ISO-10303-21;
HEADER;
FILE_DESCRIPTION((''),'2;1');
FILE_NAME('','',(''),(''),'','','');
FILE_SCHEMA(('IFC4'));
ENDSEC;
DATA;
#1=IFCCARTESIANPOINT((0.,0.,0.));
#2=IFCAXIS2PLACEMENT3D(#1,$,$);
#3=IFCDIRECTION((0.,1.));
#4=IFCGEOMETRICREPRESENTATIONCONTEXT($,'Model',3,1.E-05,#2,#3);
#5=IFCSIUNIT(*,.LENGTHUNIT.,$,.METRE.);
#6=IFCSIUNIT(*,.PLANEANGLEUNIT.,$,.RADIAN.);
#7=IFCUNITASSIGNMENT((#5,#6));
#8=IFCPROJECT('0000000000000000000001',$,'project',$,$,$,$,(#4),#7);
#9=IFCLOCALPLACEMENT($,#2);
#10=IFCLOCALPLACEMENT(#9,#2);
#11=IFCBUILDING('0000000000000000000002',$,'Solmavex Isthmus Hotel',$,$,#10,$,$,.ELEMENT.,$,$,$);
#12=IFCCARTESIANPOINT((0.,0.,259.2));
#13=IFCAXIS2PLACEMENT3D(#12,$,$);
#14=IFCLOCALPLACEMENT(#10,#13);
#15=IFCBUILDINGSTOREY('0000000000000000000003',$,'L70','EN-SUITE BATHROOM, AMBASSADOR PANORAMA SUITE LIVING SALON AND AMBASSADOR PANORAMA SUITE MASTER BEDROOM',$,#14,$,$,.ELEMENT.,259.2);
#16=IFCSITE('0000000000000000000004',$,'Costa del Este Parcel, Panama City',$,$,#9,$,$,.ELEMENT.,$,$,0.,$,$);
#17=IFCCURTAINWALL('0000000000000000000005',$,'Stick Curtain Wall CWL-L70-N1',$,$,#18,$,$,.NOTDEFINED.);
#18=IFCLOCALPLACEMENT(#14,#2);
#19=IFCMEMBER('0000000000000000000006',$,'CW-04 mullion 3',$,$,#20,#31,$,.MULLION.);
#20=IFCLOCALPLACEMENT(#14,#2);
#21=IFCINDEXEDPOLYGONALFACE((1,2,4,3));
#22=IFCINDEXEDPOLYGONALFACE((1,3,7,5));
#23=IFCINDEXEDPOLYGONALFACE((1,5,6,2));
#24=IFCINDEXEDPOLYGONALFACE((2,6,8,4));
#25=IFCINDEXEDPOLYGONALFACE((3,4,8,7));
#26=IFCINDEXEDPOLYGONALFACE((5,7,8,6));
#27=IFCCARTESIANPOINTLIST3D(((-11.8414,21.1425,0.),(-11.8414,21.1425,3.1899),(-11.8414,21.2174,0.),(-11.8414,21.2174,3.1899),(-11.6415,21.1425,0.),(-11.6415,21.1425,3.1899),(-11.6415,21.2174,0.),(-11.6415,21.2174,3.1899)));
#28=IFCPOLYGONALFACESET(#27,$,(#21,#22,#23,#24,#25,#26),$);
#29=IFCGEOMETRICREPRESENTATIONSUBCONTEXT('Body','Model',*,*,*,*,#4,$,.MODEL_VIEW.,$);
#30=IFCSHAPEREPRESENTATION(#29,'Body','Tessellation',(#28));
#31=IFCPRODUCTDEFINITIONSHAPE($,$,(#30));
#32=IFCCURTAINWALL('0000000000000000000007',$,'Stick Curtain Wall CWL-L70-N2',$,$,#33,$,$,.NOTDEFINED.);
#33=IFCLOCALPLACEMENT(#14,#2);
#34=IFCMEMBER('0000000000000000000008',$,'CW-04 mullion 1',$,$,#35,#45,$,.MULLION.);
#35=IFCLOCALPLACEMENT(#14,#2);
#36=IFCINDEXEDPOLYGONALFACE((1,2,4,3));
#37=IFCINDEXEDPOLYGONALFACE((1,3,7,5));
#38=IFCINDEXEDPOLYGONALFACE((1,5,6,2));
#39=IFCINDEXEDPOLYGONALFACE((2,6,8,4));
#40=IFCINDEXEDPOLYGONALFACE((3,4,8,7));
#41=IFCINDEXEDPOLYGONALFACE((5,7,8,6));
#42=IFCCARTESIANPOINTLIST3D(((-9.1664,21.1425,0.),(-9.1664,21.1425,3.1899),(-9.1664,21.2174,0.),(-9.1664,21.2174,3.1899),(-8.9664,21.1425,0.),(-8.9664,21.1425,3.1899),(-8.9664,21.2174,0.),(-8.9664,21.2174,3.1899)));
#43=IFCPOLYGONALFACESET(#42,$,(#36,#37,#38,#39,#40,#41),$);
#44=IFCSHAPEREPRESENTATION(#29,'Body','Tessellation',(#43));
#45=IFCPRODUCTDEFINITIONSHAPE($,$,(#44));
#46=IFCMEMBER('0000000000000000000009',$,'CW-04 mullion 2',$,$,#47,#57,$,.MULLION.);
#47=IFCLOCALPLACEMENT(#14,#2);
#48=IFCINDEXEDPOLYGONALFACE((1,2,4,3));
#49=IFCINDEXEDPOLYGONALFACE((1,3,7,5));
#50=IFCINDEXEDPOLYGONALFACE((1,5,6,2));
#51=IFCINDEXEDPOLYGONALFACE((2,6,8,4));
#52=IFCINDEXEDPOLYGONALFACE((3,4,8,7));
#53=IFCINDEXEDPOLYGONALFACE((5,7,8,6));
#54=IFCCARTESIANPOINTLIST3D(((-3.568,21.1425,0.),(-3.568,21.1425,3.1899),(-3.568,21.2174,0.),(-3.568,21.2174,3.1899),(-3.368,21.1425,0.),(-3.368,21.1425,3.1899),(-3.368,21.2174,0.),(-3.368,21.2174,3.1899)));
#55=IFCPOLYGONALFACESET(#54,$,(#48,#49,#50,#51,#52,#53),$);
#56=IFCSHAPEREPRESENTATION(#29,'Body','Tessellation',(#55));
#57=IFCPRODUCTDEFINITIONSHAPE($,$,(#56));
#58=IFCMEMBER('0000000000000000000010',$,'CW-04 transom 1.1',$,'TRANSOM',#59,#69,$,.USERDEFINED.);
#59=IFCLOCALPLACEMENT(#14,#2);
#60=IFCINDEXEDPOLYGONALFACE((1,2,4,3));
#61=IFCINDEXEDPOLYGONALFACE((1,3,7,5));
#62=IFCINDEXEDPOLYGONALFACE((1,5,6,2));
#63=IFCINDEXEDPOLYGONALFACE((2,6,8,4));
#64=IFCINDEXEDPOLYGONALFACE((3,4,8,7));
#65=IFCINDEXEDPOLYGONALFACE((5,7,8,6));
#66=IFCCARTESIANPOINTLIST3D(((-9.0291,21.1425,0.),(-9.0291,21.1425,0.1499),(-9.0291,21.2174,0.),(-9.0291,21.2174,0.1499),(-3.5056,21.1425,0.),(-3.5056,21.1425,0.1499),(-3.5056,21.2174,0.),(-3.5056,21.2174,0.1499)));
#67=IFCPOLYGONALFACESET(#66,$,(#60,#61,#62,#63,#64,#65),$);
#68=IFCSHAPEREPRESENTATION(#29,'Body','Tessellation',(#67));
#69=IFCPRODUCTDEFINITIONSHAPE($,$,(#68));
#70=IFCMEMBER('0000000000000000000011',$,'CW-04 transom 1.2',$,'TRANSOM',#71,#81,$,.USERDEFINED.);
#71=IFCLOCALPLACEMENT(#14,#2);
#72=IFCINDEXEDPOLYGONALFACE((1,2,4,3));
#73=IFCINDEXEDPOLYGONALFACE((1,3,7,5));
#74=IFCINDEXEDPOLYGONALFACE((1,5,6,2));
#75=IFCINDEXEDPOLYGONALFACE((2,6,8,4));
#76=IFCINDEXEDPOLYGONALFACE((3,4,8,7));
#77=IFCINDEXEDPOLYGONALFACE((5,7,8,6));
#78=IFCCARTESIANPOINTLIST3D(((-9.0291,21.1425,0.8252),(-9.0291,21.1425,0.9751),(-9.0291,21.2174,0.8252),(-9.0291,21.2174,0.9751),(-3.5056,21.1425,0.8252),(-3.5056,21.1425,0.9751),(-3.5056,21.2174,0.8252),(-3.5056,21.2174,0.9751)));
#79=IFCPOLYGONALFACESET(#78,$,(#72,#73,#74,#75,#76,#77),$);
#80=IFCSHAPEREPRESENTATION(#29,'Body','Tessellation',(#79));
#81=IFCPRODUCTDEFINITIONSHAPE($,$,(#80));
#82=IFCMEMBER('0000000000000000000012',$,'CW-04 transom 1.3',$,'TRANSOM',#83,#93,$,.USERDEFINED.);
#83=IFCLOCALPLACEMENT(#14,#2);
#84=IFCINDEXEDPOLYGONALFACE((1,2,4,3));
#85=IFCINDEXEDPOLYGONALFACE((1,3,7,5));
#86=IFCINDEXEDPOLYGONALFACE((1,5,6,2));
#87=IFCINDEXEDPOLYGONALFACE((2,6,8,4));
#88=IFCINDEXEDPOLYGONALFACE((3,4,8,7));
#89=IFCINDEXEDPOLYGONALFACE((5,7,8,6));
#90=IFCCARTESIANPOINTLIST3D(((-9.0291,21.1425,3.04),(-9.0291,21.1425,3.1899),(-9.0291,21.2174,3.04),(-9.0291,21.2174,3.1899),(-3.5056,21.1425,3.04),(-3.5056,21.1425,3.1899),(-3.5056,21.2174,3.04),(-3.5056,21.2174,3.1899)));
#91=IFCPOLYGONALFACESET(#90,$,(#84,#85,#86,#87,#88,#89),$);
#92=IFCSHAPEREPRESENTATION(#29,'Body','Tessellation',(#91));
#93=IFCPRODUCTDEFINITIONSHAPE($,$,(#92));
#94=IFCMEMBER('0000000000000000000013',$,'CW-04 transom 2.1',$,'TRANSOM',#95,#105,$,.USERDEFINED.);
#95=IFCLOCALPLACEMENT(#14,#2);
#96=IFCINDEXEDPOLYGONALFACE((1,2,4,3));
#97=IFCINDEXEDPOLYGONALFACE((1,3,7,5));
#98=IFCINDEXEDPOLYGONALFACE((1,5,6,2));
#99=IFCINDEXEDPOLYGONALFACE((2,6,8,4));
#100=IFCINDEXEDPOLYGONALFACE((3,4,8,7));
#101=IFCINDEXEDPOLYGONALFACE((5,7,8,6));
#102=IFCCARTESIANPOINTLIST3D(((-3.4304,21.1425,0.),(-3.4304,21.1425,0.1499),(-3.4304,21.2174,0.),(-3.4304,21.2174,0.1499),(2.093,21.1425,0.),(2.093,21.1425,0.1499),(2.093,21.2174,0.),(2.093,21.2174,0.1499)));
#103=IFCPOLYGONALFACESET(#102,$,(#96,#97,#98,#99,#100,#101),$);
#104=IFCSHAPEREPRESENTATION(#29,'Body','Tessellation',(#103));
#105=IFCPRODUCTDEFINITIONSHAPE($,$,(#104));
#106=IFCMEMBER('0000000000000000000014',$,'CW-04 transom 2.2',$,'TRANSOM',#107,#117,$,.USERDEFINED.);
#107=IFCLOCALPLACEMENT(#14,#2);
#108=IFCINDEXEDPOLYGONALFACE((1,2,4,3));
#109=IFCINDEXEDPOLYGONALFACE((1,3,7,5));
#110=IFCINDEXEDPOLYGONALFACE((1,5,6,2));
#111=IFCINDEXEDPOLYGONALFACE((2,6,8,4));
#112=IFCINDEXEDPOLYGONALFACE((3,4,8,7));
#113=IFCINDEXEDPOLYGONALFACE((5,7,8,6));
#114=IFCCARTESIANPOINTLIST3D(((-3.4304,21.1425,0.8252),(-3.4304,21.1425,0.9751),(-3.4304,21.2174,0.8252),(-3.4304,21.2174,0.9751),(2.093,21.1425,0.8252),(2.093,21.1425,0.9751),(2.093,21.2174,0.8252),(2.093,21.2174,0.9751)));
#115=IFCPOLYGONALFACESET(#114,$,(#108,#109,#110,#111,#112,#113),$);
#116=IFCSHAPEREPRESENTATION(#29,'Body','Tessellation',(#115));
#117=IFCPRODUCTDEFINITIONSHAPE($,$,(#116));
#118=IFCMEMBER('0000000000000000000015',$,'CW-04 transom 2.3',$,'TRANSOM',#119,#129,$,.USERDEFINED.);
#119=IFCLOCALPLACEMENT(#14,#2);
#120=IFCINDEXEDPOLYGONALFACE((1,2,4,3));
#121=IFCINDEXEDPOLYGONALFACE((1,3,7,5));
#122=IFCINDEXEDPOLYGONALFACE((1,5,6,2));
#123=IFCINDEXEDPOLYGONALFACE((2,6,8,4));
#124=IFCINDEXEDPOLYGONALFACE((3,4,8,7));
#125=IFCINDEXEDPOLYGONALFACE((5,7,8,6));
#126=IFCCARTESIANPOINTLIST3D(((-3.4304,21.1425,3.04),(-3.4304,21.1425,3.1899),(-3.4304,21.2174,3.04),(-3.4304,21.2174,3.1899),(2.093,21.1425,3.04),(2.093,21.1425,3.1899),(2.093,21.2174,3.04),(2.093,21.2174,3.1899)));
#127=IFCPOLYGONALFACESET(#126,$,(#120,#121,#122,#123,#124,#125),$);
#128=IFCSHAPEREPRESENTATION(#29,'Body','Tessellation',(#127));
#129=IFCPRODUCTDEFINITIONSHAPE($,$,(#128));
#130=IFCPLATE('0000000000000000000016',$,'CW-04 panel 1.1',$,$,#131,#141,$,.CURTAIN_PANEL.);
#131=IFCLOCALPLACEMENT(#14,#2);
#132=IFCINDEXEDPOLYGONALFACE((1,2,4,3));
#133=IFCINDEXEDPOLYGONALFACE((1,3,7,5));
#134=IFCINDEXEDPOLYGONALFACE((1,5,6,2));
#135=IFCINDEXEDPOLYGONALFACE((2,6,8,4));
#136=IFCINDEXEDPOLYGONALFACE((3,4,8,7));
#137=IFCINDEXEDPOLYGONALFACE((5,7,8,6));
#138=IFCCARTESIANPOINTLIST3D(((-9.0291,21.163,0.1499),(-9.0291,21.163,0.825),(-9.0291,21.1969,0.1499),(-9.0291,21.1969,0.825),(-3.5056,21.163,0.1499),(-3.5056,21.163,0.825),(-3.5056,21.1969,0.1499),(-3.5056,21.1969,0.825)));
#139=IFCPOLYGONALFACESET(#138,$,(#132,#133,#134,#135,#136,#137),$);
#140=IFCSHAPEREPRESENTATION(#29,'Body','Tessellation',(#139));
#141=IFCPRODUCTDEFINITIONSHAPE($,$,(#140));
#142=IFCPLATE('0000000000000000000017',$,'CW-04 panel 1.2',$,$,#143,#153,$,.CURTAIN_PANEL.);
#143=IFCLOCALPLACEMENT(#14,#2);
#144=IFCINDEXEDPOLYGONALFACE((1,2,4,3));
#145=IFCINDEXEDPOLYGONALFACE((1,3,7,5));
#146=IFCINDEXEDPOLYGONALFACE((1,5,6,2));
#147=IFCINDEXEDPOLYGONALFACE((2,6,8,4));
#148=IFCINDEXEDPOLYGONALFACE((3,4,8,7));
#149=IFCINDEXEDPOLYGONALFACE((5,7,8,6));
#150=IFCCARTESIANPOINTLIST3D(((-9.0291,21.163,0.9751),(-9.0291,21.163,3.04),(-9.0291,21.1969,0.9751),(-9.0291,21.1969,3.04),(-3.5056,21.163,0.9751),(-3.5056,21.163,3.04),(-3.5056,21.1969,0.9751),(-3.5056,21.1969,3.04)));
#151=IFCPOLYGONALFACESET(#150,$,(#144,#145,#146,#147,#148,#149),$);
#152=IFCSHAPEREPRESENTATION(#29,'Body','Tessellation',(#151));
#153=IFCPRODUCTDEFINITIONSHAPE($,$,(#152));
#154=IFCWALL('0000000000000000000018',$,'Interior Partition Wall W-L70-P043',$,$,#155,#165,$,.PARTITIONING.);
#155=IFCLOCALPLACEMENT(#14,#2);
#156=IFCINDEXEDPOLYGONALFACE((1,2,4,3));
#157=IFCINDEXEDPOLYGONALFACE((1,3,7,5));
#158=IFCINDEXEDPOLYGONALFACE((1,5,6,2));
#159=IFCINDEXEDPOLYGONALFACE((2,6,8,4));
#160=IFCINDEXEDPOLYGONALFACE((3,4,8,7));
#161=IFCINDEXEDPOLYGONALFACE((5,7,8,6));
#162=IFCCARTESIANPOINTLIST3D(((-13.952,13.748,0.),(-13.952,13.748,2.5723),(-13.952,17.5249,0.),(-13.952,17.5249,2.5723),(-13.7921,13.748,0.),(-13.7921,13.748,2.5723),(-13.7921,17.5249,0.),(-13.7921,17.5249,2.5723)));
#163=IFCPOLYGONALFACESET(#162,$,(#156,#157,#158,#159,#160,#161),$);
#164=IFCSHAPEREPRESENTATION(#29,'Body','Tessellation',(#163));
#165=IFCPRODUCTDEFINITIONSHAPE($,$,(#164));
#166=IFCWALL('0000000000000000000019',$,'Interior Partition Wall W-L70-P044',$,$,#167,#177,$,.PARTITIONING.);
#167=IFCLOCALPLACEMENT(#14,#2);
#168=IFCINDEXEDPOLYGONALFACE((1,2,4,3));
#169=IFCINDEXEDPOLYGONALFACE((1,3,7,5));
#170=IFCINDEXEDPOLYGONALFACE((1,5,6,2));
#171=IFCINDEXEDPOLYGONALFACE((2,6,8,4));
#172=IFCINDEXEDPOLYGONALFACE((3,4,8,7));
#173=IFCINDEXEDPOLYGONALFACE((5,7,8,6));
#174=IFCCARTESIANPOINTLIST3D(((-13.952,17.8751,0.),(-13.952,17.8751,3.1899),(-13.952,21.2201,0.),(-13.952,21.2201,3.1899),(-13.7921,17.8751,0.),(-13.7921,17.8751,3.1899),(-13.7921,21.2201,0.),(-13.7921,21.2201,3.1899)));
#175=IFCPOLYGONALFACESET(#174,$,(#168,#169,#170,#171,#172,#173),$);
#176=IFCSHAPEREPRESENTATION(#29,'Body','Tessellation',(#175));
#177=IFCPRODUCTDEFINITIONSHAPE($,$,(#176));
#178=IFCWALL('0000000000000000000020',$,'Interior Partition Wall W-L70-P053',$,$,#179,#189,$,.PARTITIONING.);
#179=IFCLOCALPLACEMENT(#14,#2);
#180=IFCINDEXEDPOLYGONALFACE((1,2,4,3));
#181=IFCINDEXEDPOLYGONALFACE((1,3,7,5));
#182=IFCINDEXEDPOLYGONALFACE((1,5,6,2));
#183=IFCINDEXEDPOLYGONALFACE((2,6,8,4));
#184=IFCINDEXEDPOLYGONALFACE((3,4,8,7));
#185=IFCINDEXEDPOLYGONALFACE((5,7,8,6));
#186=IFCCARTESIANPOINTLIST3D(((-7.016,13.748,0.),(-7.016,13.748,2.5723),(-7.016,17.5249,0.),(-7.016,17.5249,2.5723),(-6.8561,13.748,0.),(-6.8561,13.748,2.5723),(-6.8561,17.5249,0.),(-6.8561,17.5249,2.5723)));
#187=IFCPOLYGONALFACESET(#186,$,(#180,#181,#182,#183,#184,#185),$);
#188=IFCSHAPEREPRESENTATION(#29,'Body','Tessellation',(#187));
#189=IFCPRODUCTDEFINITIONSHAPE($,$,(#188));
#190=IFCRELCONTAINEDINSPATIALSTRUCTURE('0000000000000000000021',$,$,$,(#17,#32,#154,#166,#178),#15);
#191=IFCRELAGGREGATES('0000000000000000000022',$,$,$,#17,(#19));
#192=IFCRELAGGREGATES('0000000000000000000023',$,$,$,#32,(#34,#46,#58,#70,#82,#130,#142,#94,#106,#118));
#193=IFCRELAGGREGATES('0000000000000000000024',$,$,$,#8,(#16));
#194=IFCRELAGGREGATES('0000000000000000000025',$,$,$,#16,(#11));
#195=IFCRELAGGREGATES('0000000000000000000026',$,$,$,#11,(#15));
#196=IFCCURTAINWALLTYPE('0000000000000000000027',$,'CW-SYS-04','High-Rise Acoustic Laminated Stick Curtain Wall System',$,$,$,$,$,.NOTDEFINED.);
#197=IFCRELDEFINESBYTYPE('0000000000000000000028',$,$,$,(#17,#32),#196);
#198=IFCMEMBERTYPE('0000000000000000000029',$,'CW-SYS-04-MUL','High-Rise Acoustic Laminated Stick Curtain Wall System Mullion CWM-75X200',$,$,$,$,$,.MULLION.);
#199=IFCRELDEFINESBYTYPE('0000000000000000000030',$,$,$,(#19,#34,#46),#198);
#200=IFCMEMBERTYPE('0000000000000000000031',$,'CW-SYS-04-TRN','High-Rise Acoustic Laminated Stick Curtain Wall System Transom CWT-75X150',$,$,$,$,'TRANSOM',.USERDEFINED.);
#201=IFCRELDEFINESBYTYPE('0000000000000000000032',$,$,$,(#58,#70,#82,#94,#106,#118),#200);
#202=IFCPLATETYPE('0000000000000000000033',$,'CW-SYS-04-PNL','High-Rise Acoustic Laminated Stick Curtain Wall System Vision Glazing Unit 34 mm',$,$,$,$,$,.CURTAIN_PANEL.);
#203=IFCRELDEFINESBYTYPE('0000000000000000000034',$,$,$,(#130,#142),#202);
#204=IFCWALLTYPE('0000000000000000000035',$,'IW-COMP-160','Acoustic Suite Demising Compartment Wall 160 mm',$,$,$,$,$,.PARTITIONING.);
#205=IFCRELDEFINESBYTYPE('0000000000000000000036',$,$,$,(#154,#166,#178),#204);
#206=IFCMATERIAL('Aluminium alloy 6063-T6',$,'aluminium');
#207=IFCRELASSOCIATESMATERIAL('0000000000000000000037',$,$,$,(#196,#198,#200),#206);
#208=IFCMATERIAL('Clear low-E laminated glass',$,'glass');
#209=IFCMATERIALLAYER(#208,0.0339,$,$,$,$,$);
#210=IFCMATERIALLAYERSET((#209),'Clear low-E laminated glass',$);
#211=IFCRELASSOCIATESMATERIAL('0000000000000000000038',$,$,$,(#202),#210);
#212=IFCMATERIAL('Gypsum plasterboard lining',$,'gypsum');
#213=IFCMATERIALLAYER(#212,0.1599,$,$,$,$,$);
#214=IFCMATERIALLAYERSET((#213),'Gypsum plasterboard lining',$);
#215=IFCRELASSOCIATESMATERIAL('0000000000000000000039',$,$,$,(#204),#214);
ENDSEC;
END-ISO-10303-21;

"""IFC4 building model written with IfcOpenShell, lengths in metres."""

from ifc_helpers import new_model, si_unit, direction, frame, frame_2d, origin, origin_2d, place, context, subcontext, project, spatial, rectangle, extrude, material, layer, layer_set, material_profile, profile_set, type_object, element, aggregate, save


model = new_model("IFC4")

# Units and contexts
model_context = context("Model", 3, precision=1e-05, world=origin(), true_north=direction((0.0, 1.0)))
body_context = subcontext(model_context, "Body", "Model", "MODEL_VIEW")
ifc_project = project(units=[si_unit("LENGTHUNIT", "METRE"), si_unit("PLANEANGLEUNIT", "RADIAN")], contexts=[model_context])

# Site, building, storey
site_placement = place(None, origin())
site = spatial("IfcSite", under=ifc_project, at=site_placement, Name="Costa del Este Parcel, Panama City", CompositionType="ELEMENT", RefElevation=0.0)
building_placement = place(site_placement, origin())
building = spatial("IfcBuilding", under=site, at=building_placement, Name="Solmavex Isthmus Hotel", CompositionType="ELEMENT")
storey_placement = place(building_placement, frame((0.0, 0.0, 259.2)))
storey = spatial("IfcBuildingStorey", under=building, at=storey_placement, Name="L70", Description="EN-SUITE BATHROOM, AMBASSADOR PANORAMA SUITE LIVING SALON AND AMBASSADOR PANORAMA SUITE MASTER BEDROOM", CompositionType="ELEMENT", Elevation=259.2)

# Curtain wall, member
ifc_material_1 = material(Name="Aluminium alloy 6063-T6", Category="aluminium")
curtain_wall_type = type_object("IfcCurtainWallType", Name="CW-SYS-04", Description="High-Rise Acoustic Laminated Stick Curtain Wall System", PredefinedType="NOTDEFINED", material=ifc_material_1)
curtain_wall_1_placement = place(storey_placement, origin())
curtain_wall_1 = element("IfcCurtainWall", 1, at=curtain_wall_1_placement, inside=storey, type_object=curtain_wall_type, Name="Stick Curtain Wall CWL-L70-N1", PredefinedType="NOTDEFINED")
ifc_material_profile_1 = material_profile(ifc_material_1, rectangle(XDim=0.075, YDim=0.2, at=origin_2d()), Name="CWM-75X200")
ifc_profile_set_1 = profile_set([ifc_material_profile_1], Name="Aluminium alloy 6063-T6")
member_type_1 = type_object("IfcMemberType", Name="CW-SYS-04-MUL", Description="High-Rise Acoustic Laminated Stick Curtain Wall System Mullion CWM-75X200", PredefinedType="MULLION", material=ifc_profile_set_1)
member_1_placement = place(storey_placement, frame((-11.7415, 21.1799, 0.0), z_axis=(0.0, 0.0, 1.0), x_axis=(0.0, 1.0, 0.0)))
member_1 = element("IfcMember", 2, at=member_1_placement, type_object=member_type_1, Name="CW-04 mullion 3", PredefinedType="MULLION", context=body_context, shape_type="SweptSolid", body=[
    extrude(rectangle(XDim=0.075, YDim=0.2, at=origin_2d()), origin(), (0.0, 0.0, 1.0), 3.1899),
])
aggregate(curtain_wall_1, [member_1])

# Curtain wall, members, plates
curtain_wall_2_placement = place(storey_placement, origin())
curtain_wall_2 = element("IfcCurtainWall", 3, at=curtain_wall_2_placement, inside=storey, type_object=curtain_wall_type, Name="Stick Curtain Wall CWL-L70-N2", PredefinedType="NOTDEFINED")
member_2_placement = place(storey_placement, frame((-9.0664, 21.1799, 0.0), z_axis=(0.0, 0.0, 1.0), x_axis=(0.0, 1.0, 0.0)))
member_2 = element("IfcMember", 4, at=member_2_placement, type_object=member_type_1, Name="CW-04 mullion 1", PredefinedType="MULLION", context=body_context, shape_type="SweptSolid", body=[
    extrude(rectangle(XDim=0.075, YDim=0.2, at=origin_2d()), origin(), (0.0, 0.0, 1.0), 3.1899),
])
member_3_placement = place(storey_placement, frame((-3.468, 21.1799, 0.0), z_axis=(0.0, 0.0, 1.0), x_axis=(0.0, 1.0, 0.0)))
member_3 = element("IfcMember", 5, at=member_3_placement, type_object=member_type_1, Name="CW-04 mullion 2", PredefinedType="MULLION", context=body_context, shape_type="SweptSolid", body=[
    extrude(rectangle(XDim=0.075, YDim=0.2, at=origin_2d()), origin(), (0.0, 0.0, 1.0), 3.1899),
])
ifc_material_profile_2 = material_profile(ifc_material_1, rectangle(XDim=0.075, YDim=0.1499, at=origin_2d()), Name="CWT-75X150")
ifc_profile_set_2 = profile_set([ifc_material_profile_2], Name="Aluminium alloy 6063-T6")
member_type_2 = type_object("IfcMemberType", Name="CW-SYS-04-TRN", Description="High-Rise Acoustic Laminated Stick Curtain Wall System Transom CWT-75X150", ElementType="TRANSOM", PredefinedType="USERDEFINED", material=ifc_profile_set_2)
member_4_placement = place(storey_placement, frame((-9.0291, 21.1799, 0.075), z_axis=(1.0, 0.0, 0.0), x_axis=(0.0, 1.0, 0.0)))
member_4 = element("IfcMember", 6, at=member_4_placement, type_object=member_type_2, Name="CW-04 transom 1.1", ObjectType="TRANSOM", PredefinedType="USERDEFINED", context=body_context, shape_type="SweptSolid", body=[
    extrude(rectangle(XDim=0.075, YDim=0.1499, at=origin_2d()), origin(), (0.0, 0.0, 1.0), 5.5234),
])
member_5_placement = place(storey_placement, frame((-9.0291, 21.1799, 0.9001), z_axis=(1.0, 0.0, 0.0), x_axis=(0.0, 1.0, 0.0)))
member_5 = element("IfcMember", 7, at=member_5_placement, type_object=member_type_2, Name="CW-04 transom 1.2", ObjectType="TRANSOM", PredefinedType="USERDEFINED", context=body_context, shape_type="SweptSolid", body=[
    extrude(rectangle(XDim=0.075, YDim=0.1499, at=origin_2d()), origin(), (0.0, 0.0, 1.0), 5.5234),
])
member_6_placement = place(storey_placement, frame((-9.0291, 21.1799, 3.115), z_axis=(1.0, 0.0, 0.0), x_axis=(0.0, 1.0, 0.0)))
member_6 = element("IfcMember", 8, at=member_6_placement, type_object=member_type_2, Name="CW-04 transom 1.3", ObjectType="TRANSOM", PredefinedType="USERDEFINED", context=body_context, shape_type="SweptSolid", body=[
    extrude(rectangle(XDim=0.075, YDim=0.1499, at=origin_2d()), origin(), (0.0, 0.0, 1.0), 5.5234),
])
member_7_placement = place(storey_placement, frame((-3.4304, 21.1799, 0.075), z_axis=(1.0, 0.0, 0.0), x_axis=(0.0, 1.0, 0.0)))
member_7 = element("IfcMember", 9, at=member_7_placement, type_object=member_type_2, Name="CW-04 transom 2.1", ObjectType="TRANSOM", PredefinedType="USERDEFINED", context=body_context, shape_type="SweptSolid", body=[
    extrude(rectangle(XDim=0.075, YDim=0.1499, at=origin_2d()), origin(), (0.0, 0.0, 1.0), 5.5234),
])
member_8_placement = place(storey_placement, frame((-3.4304, 21.1799, 0.9001), z_axis=(1.0, 0.0, 0.0), x_axis=(0.0, 1.0, 0.0)))
member_8 = element("IfcMember", 10, at=member_8_placement, type_object=member_type_2, Name="CW-04 transom 2.2", ObjectType="TRANSOM", PredefinedType="USERDEFINED", context=body_context, shape_type="SweptSolid", body=[
    extrude(rectangle(XDim=0.075, YDim=0.1499, at=origin_2d()), origin(), (0.0, 0.0, 1.0), 5.5234),
])
member_9_placement = place(storey_placement, frame((-3.4304, 21.1799, 3.115), z_axis=(1.0, 0.0, 0.0), x_axis=(0.0, 1.0, 0.0)))
member_9 = element("IfcMember", 11, at=member_9_placement, type_object=member_type_2, Name="CW-04 transom 2.3", ObjectType="TRANSOM", PredefinedType="USERDEFINED", context=body_context, shape_type="SweptSolid", body=[
    extrude(rectangle(XDim=0.075, YDim=0.1499, at=origin_2d()), origin(), (0.0, 0.0, 1.0), 5.5234),
])
ifc_material_2 = material(Name="Clear low-E laminated glass", Category="glass")
ifc_layer_1 = layer(ifc_material_2, 0.0339)
ifc_layer_set_1 = layer_set([ifc_layer_1], Name="Clear low-E laminated glass")
plate_type = type_object("IfcPlateType", Name="CW-SYS-04-PNL", Description="High-Rise Acoustic Laminated Stick Curtain Wall System Vision Glazing Unit 34 mm", PredefinedType="CURTAIN_PANEL", material=ifc_layer_set_1)
plate_1_placement = place(storey_placement, frame((-6.2673, 21.1799, 0.1499), z_axis=(0.0, 0.0, 1.0), x_axis=(1.0, 0.0, 0.0)))
plate_1 = element("IfcPlate", 12, at=plate_1_placement, type_object=plate_type, Name="CW-04 panel 1.1", PredefinedType="CURTAIN_PANEL", context=body_context, shape_type="SweptSolid", body=[
    extrude(rectangle(XDim=5.5234, YDim=0.0339, at=origin_2d()), origin(), (0.0, 0.0, 1.0), 0.675),
])
plate_2_placement = place(storey_placement, frame((-6.2673, 21.1799, 0.9751), z_axis=(0.0, 0.0, 1.0), x_axis=(1.0, 0.0, 0.0)))
plate_2 = element("IfcPlate", 13, at=plate_2_placement, type_object=plate_type, Name="CW-04 panel 1.2", PredefinedType="CURTAIN_PANEL", context=body_context, shape_type="SweptSolid", body=[
    extrude(rectangle(XDim=5.5234, YDim=0.0339, at=origin_2d()), origin(), (0.0, 0.0, 1.0), 2.0649),
])
aggregate(curtain_wall_2, [member_2, member_3, member_4, member_5, member_6, plate_1, plate_2, member_7, member_8, member_9])

# Walls
ifc_material_3 = material(Name="Gypsum plasterboard lining", Category="gypsum")
ifc_layer_2 = layer(ifc_material_3, 0.1599)
ifc_layer_set_2 = layer_set([ifc_layer_2], Name="Gypsum plasterboard lining")
wall_type_1 = type_object("IfcWallType", Name="IW-COMP-160", Description="Acoustic Suite Demising Compartment Wall 160 mm", PredefinedType="PARTITIONING", material=ifc_layer_set_2)
wall_1_placement = place(storey_placement, frame((-13.8721, 17.5249, 0.0), z_axis=(0.0, 0.0, 1.0), x_axis=(0.0, -1.0, 0.0)))
element("IfcWall", 14, at=wall_1_placement, inside=storey, type_object=wall_type_1, Name="Interior Partition Wall W-L70-P043", PredefinedType="PARTITIONING", context=body_context, shape_type="SweptSolid", body=[
    extrude(rectangle(XDim=3.7769, YDim=0.1599, at=frame_2d((1.8884, 0.0))), origin(), (0.0, 0.0, 1.0), 2.5723),
])
wall_2_placement = place(storey_placement, frame((-13.8721, 21.22, 0.0), z_axis=(0.0, 0.0, 1.0), x_axis=(0.0, -1.0, 0.0)))
element("IfcWall", 15, at=wall_2_placement, inside=storey, type_object=wall_type_1, Name="Interior Partition Wall W-L70-P044", PredefinedType="PARTITIONING", context=body_context, shape_type="SweptSolid", body=[
    extrude(rectangle(XDim=3.345, YDim=0.1599, at=frame_2d((1.6724, 0.0))), origin(), (0.0, 0.0, 1.0), 3.1899),
])
wall_3_placement = place(storey_placement, frame((-6.936, 17.5249, 0.0), z_axis=(0.0, 0.0, 1.0), x_axis=(0.0, -1.0, 0.0)))
element("IfcWall", 16, at=wall_3_placement, inside=storey, type_object=wall_type_1, Name="Interior Partition Wall W-L70-P053", PredefinedType="PARTITIONING", context=body_context, shape_type="SweptSolid", body=[
    extrude(rectangle(XDim=3.7769, YDim=0.1599, at=frame_2d((1.8884, 0.0))), origin(), (0.0, 0.0, 1.0), 2.5723),
])

save(model, "model.ifc")
